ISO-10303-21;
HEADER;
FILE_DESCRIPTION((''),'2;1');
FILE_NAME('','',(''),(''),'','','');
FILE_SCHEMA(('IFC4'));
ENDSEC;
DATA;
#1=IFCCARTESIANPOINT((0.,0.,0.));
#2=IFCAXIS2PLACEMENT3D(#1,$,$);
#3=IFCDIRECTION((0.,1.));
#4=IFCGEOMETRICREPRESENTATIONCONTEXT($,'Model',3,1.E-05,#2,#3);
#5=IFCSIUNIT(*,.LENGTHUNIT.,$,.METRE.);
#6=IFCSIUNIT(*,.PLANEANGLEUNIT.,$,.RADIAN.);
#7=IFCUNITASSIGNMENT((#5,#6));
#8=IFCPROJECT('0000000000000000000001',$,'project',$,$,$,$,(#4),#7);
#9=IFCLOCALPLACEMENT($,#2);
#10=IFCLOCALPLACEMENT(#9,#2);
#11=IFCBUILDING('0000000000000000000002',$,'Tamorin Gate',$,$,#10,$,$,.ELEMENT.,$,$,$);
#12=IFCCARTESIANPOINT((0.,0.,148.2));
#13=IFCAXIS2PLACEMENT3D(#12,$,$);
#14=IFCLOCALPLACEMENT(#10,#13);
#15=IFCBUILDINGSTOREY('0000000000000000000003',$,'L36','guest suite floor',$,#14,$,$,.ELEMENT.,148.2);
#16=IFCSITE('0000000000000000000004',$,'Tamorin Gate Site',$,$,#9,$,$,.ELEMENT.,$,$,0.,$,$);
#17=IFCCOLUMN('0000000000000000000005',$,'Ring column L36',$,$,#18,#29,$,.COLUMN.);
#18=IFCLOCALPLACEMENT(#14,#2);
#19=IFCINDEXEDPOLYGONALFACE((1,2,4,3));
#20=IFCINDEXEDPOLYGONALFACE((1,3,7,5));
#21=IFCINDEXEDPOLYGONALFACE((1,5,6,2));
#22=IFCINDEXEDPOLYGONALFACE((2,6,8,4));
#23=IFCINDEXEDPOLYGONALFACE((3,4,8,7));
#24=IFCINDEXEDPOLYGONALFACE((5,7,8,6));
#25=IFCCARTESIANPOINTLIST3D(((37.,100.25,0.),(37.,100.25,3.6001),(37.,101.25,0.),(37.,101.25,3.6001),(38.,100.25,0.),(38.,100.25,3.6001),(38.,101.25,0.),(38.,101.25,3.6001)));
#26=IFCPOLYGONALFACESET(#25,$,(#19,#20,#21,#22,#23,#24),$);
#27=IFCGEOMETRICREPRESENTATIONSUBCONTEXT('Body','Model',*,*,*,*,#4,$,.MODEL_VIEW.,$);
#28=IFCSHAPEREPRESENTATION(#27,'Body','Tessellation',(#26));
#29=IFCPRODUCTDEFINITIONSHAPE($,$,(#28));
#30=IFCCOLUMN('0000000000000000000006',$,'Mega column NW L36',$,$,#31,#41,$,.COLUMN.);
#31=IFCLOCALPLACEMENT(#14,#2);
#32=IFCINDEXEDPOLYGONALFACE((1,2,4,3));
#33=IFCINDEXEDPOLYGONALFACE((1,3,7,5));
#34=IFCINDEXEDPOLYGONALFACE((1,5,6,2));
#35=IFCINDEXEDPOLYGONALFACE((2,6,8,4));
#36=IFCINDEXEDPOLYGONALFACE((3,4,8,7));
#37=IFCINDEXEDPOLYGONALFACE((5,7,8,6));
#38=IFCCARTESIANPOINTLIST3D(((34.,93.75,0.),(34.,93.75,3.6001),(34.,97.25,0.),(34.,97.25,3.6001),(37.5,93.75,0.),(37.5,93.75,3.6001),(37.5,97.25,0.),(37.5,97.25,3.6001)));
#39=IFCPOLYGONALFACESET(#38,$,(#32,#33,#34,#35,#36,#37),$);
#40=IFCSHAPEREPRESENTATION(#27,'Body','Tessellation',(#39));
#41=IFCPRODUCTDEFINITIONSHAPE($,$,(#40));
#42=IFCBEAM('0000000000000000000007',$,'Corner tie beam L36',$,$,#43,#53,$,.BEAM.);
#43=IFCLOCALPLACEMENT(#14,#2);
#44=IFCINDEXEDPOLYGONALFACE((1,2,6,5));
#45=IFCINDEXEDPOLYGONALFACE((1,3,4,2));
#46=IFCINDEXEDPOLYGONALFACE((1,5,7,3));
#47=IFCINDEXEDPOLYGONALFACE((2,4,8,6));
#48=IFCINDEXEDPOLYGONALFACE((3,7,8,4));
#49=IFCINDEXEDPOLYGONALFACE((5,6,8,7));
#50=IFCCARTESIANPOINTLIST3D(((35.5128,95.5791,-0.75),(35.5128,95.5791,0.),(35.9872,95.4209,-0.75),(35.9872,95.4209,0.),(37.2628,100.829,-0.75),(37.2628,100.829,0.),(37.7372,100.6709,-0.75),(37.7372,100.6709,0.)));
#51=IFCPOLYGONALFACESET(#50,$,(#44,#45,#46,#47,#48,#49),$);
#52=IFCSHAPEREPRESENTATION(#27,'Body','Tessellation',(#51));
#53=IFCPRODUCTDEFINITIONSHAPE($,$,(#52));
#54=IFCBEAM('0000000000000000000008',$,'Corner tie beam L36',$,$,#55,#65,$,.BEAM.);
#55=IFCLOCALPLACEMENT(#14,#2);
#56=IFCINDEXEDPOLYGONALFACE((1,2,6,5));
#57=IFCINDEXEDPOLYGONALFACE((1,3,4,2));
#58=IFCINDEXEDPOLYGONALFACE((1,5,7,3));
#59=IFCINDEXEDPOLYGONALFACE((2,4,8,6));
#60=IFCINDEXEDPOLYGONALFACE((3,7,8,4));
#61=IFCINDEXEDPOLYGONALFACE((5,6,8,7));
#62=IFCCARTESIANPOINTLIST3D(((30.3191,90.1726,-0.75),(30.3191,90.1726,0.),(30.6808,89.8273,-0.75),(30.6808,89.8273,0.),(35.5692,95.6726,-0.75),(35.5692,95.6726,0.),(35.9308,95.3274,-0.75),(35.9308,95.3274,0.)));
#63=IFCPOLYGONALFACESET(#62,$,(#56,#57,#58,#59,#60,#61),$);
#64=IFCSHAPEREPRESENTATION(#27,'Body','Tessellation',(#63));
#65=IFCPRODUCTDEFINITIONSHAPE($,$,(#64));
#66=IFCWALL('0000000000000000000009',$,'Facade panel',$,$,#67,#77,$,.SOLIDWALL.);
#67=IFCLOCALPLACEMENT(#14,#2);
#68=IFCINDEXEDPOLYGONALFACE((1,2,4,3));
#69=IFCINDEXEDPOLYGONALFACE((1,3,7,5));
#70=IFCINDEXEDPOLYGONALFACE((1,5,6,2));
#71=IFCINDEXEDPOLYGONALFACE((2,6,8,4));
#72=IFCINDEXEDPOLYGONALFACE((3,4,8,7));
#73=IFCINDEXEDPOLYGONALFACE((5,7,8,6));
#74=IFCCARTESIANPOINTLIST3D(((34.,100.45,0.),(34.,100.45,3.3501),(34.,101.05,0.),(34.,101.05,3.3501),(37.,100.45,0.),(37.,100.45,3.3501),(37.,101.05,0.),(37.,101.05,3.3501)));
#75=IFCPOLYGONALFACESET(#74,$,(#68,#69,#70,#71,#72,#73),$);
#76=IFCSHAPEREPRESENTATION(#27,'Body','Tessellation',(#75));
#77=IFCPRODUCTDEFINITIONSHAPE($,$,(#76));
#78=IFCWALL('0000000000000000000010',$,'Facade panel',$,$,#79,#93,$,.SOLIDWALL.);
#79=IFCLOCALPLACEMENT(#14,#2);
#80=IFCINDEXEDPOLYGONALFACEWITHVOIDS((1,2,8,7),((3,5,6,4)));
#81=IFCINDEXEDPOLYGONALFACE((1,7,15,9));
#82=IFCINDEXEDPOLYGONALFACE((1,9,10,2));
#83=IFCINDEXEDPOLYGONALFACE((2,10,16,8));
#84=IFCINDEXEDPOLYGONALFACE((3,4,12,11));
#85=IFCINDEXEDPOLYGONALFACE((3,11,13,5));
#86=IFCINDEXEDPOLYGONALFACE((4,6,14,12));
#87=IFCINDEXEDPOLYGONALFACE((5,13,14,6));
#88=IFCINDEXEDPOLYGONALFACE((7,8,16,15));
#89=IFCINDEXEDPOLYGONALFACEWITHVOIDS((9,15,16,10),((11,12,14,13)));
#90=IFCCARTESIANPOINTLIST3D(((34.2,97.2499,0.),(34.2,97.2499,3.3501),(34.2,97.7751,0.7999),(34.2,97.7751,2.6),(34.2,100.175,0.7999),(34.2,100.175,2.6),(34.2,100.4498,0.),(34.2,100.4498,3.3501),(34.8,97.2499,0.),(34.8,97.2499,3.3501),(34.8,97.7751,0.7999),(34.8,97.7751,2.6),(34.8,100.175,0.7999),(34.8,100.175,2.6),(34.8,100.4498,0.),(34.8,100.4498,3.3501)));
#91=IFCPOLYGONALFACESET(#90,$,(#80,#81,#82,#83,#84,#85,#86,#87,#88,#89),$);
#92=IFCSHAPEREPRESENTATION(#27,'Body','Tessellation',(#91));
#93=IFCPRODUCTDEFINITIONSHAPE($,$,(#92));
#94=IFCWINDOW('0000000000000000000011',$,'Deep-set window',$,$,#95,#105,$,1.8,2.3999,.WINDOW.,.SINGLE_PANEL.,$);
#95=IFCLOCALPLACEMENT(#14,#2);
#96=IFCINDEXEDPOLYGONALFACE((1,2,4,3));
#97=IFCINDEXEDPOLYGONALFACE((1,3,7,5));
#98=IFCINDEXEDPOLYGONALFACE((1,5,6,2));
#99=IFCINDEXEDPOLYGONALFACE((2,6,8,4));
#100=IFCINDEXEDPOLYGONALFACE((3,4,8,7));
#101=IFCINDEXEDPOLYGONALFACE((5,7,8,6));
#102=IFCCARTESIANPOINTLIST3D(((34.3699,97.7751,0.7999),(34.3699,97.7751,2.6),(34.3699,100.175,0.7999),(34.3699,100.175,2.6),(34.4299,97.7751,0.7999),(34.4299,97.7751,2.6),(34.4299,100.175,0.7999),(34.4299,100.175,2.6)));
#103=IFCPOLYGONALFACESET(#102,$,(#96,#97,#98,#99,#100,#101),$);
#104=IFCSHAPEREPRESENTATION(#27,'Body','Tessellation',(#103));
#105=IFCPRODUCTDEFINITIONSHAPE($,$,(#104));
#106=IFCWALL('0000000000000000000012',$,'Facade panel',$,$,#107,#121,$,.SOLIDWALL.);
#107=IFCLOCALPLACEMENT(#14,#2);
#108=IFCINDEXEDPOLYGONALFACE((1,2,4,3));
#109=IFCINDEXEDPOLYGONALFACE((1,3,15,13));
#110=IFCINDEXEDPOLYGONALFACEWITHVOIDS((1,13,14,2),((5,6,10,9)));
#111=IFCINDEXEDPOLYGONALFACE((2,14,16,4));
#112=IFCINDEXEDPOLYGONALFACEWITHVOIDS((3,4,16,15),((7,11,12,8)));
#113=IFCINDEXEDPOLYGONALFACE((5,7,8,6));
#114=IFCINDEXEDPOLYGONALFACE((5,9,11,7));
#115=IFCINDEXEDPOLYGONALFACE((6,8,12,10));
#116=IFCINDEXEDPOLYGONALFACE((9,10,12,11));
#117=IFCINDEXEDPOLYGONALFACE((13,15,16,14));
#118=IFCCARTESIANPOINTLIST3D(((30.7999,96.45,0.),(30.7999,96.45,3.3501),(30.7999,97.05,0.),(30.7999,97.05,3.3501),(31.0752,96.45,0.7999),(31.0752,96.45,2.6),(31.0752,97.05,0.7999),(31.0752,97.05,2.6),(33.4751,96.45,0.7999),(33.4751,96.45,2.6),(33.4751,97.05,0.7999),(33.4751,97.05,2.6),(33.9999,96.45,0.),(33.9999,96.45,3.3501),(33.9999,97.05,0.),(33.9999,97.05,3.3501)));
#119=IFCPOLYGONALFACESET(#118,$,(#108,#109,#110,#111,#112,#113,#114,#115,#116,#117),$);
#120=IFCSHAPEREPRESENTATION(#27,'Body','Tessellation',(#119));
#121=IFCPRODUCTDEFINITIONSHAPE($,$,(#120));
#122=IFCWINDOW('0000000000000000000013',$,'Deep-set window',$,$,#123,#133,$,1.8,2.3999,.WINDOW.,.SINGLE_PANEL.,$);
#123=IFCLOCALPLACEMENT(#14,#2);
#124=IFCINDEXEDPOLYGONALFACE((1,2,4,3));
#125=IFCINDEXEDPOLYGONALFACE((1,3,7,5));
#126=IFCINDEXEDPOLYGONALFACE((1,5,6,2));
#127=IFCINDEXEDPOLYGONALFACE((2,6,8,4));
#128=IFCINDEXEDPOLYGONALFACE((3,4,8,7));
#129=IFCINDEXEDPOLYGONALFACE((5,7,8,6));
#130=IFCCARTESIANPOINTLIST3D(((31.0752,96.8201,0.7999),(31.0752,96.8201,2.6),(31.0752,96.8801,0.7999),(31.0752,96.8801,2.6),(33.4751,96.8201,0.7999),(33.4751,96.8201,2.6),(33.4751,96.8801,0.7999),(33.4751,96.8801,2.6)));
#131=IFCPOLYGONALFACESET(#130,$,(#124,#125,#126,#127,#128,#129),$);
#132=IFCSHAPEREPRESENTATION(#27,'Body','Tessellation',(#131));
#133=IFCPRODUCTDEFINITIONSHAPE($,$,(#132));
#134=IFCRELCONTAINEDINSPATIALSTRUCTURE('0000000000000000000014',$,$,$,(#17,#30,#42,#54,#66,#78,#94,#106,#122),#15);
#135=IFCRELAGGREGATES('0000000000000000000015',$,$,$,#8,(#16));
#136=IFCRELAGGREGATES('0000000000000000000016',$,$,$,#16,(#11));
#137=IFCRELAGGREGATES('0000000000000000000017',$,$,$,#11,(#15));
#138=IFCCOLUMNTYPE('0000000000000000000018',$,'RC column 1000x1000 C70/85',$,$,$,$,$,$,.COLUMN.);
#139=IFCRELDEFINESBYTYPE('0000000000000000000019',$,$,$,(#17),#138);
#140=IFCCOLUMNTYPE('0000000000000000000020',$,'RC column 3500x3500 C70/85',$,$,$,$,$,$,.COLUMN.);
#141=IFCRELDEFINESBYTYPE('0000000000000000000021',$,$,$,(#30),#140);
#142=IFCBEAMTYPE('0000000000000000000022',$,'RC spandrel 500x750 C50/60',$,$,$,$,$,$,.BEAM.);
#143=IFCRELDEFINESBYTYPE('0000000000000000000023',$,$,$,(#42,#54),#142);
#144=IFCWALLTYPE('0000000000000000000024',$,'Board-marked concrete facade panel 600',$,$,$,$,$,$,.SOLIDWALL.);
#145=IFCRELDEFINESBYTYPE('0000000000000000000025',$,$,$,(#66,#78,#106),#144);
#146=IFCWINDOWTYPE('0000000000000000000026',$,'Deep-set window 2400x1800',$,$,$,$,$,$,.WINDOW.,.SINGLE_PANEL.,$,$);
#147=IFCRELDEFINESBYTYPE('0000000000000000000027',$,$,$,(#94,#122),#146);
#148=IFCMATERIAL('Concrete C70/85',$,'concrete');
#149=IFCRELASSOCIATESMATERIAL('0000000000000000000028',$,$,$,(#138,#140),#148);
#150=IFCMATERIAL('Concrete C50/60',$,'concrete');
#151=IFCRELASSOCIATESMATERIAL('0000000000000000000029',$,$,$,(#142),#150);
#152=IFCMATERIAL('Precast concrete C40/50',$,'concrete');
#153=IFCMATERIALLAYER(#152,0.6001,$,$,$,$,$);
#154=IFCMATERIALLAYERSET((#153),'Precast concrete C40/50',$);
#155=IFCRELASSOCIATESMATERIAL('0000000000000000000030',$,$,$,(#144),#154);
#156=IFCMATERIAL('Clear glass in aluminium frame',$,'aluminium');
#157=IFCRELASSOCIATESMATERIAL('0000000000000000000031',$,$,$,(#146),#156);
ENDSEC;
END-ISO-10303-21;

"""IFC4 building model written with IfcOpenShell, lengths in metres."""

from ifc_helpers import new_model, si_unit, direction, frame, frame_2d, origin, origin_2d, place, context, subcontext, project, spatial, rectangle, extrude, material, layer, layer_set, material_profile, profile_set, type_object, element, fill, save


model = new_model("IFC4")

# Units and contexts
model_context = context("Model", 3, precision=1e-05, world=origin(), true_north=direction((0.0, 1.0)))
body_context = subcontext(model_context, "Body", "Model", "MODEL_VIEW")
ifc_project = project(units=[si_unit("LENGTHUNIT", "METRE"), si_unit("PLANEANGLEUNIT", "RADIAN")], contexts=[model_context])

# Site, building, storey
site_placement = place(None, origin())
site = spatial("IfcSite", under=ifc_project, at=site_placement, Name="Tamorin Gate Site", CompositionType="ELEMENT", RefElevation=0.0)
building_placement = place(site_placement, origin())
building = spatial("IfcBuilding", under=site, at=building_placement, Name="Tamorin Gate", CompositionType="ELEMENT")
storey_placement = place(building_placement, frame((0.0, 0.0, 148.2)))
storey = spatial("IfcBuildingStorey", under=building, at=storey_placement, Name="L36", Description="guest suite floor", CompositionType="ELEMENT", Elevation=148.2)

# Columns
ifc_material_1 = material(Name="Concrete C70/85", Category="concrete")
ifc_material_profile_1 = material_profile(ifc_material_1, rectangle(XDim=1.0, YDim=1.0, at=origin_2d()), Name="RC 1000x1000")
ifc_profile_set_1 = profile_set([ifc_material_profile_1], Name="Concrete C70/85")
column_type_1 = type_object("IfcColumnType", Name="RC column 1000x1000 C70/85", PredefinedType="COLUMN", material=ifc_profile_set_1)
column_1_placement = place(storey_placement, frame((37.5, 100.75, 0.0), z_axis=(0.0, 0.0, 1.0), x_axis=(1.0, 0.0, 0.0)))
element("IfcColumn", 1, at=column_1_placement, inside=storey, type_object=column_type_1, Name="Ring column L36", PredefinedType="COLUMN", context=body_context, shape_type="SweptSolid", body=[
    extrude(rectangle(XDim=1.0, YDim=1.0, at=origin_2d()), origin(), (0.0, 0.0, 1.0), 3.6001),
])
ifc_material_profile_2 = material_profile(ifc_material_1, rectangle(XDim=3.5, YDim=3.5, at=origin_2d()), Name="RC 3500x3500")
ifc_profile_set_2 = profile_set([ifc_material_profile_2], Name="Concrete C70/85")
column_type_2 = type_object("IfcColumnType", Name="RC column 3500x3500 C70/85", PredefinedType="COLUMN", material=ifc_profile_set_2)
column_2_placement = place(storey_placement, frame((35.75, 95.5, 0.0), z_axis=(0.0, 0.0, 1.0), x_axis=(1.0, 0.0, 0.0)))
element("IfcColumn", 2, at=column_2_placement, inside=storey, type_object=column_type_2, Name="Mega column NW L36", PredefinedType="COLUMN", context=body_context, shape_type="SweptSolid", body=[
    extrude(rectangle(XDim=3.5, YDim=3.5, at=origin_2d()), origin(), (0.0, 0.0, 1.0), 3.6001),
])

# Beams
ifc_material_2 = material(Name="Concrete C50/60", Category="concrete")
ifc_material_profile_3 = material_profile(ifc_material_2, rectangle(XDim=0.5, YDim=0.75, at=origin_2d()), Name="RC 500x750")
ifc_profile_set_3 = profile_set([ifc_material_profile_3], Name="Concrete C50/60")
beam_type = type_object("IfcBeamType", Name="RC spandrel 500x750 C50/60", PredefinedType="BEAM", material=ifc_profile_set_3)
beam_1_placement = place(storey_placement, frame((35.75, 95.5, -0.375), z_axis=(0.316228, 0.948683, 0.0), x_axis=(-0.948683, 0.316228, 0.0)))
element("IfcBeam", 3, at=beam_1_placement, inside=storey, type_object=beam_type, Name="Corner tie beam L36", PredefinedType="BEAM", context=body_context, shape_type="SweptSolid", body=[
    extrude(rectangle(XDim=0.5, YDim=0.75, at=origin_2d()), origin(), (0.0, 0.0, 1.0), 5.5339),
])
beam_2_placement = place(storey_placement, frame((35.75, 95.5, -0.375), z_axis=(-0.690476, -0.723356, 0.0), x_axis=(0.723356, -0.690476, 0.0)))
element("IfcBeam", 4, at=beam_2_placement, inside=storey, type_object=beam_type, Name="Corner tie beam L36", PredefinedType="BEAM", context=body_context, shape_type="SweptSolid", body=[
    extrude(rectangle(XDim=0.5, YDim=0.75, at=origin_2d()), origin(), (0.0, 0.0, 1.0), 7.6035),
])

# Wall
ifc_material_3 = material(Name="Precast concrete C40/50", Category="concrete")
ifc_layer_1 = layer(ifc_material_3, 0.6001)
ifc_layer_set_1 = layer_set([ifc_layer_1], Name="Precast concrete C40/50")
wall_type_1 = type_object("IfcWallType", Name="Board-marked concrete facade panel 600", PredefinedType="SOLIDWALL", material=ifc_layer_set_1)
wall_1_placement = place(storey_placement, frame((37.0, 100.75, 0.0), z_axis=(0.0, 0.0, 1.0), x_axis=(-1.0, 0.0, 0.0)))
element("IfcWall", 5, at=wall_1_placement, inside=storey, type_object=wall_type_1, Name="Facade panel", PredefinedType="SOLIDWALL", context=body_context, shape_type="SweptSolid", body=[
    extrude(rectangle(XDim=3.0, YDim=0.6001, at=frame_2d((1.5, 0.0))), origin(), (0.0, 0.0, 1.0), 3.3501),
])

# Walls, openings, windows
wall_2_placement = place(storey_placement, frame((34.5, 100.45, 0.0), z_axis=(0.0, 0.0, 1.0), x_axis=(0.0, -1.0, 0.0)))
wall_2 = element("IfcWall", 6, at=wall_2_placement, inside=storey, type_object=wall_type_1, Name="Facade panel", PredefinedType="SOLIDWALL", context=body_context, shape_type="SweptSolid", body=[
    extrude(rectangle(XDim=3.2, YDim=0.6001, at=frame_2d((1.6001, 0.0))), origin(), (0.0, 0.0, 1.0), 3.3501),
])
opening_1_placement = place(wall_2_placement, frame((0.2749, 0.0, 0.8)))
opening_1 = element("IfcOpeningElement", 7, at=opening_1_placement, cuts=wall_2, PredefinedType="OPENING", context=body_context, shape_type="SweptSolid", body=[
    extrude(rectangle(XDim=2.3999, YDim=1.8, at=frame_2d((1.2, 0.8999))), frame((0.0, 0.3101, 0.0), z_axis=(0.0, -1.0, 0.0), x_axis=(1.0, 0.0, 0.0)), (0.0, 0.0, 1.0), 0.6201),
])
ifc_material_4 = material(Name="Clear glass in aluminium frame", Category="aluminium")
window_type_1 = type_object("IfcWindowType", Name="Deep-set window 2400x1800", PartitioningType="SINGLE_PANEL", PredefinedType="WINDOW", material=ifc_material_4)
window_1_placement = place(opening_1_placement, origin())
window_1 = element("IfcWindow", 8, at=window_1_placement, inside=storey, type_object=window_type_1, Name="Deep-set window", OverallHeight=1.8, OverallWidth=2.3999, PartitioningType="SINGLE_PANEL", PredefinedType="WINDOW", context=body_context, shape_type="SweptSolid", body=[
    extrude(rectangle(XDim=2.3999, YDim=1.8, at=frame_2d((1.2, 0.8999))), frame((0.0, -0.0701, 0.0), z_axis=(0.0, -1.0, 0.0), x_axis=(1.0, 0.0, 0.0)), (0.0, 0.0, 1.0), 0.0601),
])
fill(opening_1, window_1)
wall_3_placement = place(storey_placement, frame((34.0, 96.75, 0.0), z_axis=(0.0, 0.0, 1.0), x_axis=(-1.0, 0.0, 0.0)))
wall_3 = element("IfcWall", 9, at=wall_3_placement, inside=storey, type_object=wall_type_1, Name="Facade panel", PredefinedType="SOLIDWALL", context=body_context, shape_type="SweptSolid", body=[
    extrude(rectangle(XDim=3.2, YDim=0.6001, at=frame_2d((1.6001, 0.0))), origin(), (0.0, 0.0, 1.0), 3.3501),
])
opening_2_placement = place(wall_3_placement, frame((0.5249, 0.0, 0.8)))
opening_2 = element("IfcOpeningElement", 10, at=opening_2_placement, cuts=wall_3, PredefinedType="OPENING", context=body_context, shape_type="SweptSolid", body=[
    extrude(rectangle(XDim=2.3999, YDim=1.8, at=frame_2d((1.2, 0.8999))), frame((0.0, 0.3101, 0.0), z_axis=(0.0, -1.0, 0.0), x_axis=(1.0, 0.0, 0.0)), (0.0, 0.0, 1.0), 0.6201),
])
window_2_placement = place(opening_2_placement, origin())
window_2 = element("IfcWindow", 11, at=window_2_placement, inside=storey, type_object=window_type_1, Name="Deep-set window", OverallHeight=1.8, OverallWidth=2.3999, PartitioningType="SINGLE_PANEL", PredefinedType="WINDOW", context=body_context, shape_type="SweptSolid", body=[
    extrude(rectangle(XDim=2.3999, YDim=1.8, at=frame_2d((1.2, 0.8999))), frame((0.0, -0.0701, 0.0), z_axis=(0.0, -1.0, 0.0), x_axis=(1.0, 0.0, 0.0)), (0.0, 0.0, 1.0), 0.0601),
])
fill(opening_2, window_2)

save(model, "model.ifc")
